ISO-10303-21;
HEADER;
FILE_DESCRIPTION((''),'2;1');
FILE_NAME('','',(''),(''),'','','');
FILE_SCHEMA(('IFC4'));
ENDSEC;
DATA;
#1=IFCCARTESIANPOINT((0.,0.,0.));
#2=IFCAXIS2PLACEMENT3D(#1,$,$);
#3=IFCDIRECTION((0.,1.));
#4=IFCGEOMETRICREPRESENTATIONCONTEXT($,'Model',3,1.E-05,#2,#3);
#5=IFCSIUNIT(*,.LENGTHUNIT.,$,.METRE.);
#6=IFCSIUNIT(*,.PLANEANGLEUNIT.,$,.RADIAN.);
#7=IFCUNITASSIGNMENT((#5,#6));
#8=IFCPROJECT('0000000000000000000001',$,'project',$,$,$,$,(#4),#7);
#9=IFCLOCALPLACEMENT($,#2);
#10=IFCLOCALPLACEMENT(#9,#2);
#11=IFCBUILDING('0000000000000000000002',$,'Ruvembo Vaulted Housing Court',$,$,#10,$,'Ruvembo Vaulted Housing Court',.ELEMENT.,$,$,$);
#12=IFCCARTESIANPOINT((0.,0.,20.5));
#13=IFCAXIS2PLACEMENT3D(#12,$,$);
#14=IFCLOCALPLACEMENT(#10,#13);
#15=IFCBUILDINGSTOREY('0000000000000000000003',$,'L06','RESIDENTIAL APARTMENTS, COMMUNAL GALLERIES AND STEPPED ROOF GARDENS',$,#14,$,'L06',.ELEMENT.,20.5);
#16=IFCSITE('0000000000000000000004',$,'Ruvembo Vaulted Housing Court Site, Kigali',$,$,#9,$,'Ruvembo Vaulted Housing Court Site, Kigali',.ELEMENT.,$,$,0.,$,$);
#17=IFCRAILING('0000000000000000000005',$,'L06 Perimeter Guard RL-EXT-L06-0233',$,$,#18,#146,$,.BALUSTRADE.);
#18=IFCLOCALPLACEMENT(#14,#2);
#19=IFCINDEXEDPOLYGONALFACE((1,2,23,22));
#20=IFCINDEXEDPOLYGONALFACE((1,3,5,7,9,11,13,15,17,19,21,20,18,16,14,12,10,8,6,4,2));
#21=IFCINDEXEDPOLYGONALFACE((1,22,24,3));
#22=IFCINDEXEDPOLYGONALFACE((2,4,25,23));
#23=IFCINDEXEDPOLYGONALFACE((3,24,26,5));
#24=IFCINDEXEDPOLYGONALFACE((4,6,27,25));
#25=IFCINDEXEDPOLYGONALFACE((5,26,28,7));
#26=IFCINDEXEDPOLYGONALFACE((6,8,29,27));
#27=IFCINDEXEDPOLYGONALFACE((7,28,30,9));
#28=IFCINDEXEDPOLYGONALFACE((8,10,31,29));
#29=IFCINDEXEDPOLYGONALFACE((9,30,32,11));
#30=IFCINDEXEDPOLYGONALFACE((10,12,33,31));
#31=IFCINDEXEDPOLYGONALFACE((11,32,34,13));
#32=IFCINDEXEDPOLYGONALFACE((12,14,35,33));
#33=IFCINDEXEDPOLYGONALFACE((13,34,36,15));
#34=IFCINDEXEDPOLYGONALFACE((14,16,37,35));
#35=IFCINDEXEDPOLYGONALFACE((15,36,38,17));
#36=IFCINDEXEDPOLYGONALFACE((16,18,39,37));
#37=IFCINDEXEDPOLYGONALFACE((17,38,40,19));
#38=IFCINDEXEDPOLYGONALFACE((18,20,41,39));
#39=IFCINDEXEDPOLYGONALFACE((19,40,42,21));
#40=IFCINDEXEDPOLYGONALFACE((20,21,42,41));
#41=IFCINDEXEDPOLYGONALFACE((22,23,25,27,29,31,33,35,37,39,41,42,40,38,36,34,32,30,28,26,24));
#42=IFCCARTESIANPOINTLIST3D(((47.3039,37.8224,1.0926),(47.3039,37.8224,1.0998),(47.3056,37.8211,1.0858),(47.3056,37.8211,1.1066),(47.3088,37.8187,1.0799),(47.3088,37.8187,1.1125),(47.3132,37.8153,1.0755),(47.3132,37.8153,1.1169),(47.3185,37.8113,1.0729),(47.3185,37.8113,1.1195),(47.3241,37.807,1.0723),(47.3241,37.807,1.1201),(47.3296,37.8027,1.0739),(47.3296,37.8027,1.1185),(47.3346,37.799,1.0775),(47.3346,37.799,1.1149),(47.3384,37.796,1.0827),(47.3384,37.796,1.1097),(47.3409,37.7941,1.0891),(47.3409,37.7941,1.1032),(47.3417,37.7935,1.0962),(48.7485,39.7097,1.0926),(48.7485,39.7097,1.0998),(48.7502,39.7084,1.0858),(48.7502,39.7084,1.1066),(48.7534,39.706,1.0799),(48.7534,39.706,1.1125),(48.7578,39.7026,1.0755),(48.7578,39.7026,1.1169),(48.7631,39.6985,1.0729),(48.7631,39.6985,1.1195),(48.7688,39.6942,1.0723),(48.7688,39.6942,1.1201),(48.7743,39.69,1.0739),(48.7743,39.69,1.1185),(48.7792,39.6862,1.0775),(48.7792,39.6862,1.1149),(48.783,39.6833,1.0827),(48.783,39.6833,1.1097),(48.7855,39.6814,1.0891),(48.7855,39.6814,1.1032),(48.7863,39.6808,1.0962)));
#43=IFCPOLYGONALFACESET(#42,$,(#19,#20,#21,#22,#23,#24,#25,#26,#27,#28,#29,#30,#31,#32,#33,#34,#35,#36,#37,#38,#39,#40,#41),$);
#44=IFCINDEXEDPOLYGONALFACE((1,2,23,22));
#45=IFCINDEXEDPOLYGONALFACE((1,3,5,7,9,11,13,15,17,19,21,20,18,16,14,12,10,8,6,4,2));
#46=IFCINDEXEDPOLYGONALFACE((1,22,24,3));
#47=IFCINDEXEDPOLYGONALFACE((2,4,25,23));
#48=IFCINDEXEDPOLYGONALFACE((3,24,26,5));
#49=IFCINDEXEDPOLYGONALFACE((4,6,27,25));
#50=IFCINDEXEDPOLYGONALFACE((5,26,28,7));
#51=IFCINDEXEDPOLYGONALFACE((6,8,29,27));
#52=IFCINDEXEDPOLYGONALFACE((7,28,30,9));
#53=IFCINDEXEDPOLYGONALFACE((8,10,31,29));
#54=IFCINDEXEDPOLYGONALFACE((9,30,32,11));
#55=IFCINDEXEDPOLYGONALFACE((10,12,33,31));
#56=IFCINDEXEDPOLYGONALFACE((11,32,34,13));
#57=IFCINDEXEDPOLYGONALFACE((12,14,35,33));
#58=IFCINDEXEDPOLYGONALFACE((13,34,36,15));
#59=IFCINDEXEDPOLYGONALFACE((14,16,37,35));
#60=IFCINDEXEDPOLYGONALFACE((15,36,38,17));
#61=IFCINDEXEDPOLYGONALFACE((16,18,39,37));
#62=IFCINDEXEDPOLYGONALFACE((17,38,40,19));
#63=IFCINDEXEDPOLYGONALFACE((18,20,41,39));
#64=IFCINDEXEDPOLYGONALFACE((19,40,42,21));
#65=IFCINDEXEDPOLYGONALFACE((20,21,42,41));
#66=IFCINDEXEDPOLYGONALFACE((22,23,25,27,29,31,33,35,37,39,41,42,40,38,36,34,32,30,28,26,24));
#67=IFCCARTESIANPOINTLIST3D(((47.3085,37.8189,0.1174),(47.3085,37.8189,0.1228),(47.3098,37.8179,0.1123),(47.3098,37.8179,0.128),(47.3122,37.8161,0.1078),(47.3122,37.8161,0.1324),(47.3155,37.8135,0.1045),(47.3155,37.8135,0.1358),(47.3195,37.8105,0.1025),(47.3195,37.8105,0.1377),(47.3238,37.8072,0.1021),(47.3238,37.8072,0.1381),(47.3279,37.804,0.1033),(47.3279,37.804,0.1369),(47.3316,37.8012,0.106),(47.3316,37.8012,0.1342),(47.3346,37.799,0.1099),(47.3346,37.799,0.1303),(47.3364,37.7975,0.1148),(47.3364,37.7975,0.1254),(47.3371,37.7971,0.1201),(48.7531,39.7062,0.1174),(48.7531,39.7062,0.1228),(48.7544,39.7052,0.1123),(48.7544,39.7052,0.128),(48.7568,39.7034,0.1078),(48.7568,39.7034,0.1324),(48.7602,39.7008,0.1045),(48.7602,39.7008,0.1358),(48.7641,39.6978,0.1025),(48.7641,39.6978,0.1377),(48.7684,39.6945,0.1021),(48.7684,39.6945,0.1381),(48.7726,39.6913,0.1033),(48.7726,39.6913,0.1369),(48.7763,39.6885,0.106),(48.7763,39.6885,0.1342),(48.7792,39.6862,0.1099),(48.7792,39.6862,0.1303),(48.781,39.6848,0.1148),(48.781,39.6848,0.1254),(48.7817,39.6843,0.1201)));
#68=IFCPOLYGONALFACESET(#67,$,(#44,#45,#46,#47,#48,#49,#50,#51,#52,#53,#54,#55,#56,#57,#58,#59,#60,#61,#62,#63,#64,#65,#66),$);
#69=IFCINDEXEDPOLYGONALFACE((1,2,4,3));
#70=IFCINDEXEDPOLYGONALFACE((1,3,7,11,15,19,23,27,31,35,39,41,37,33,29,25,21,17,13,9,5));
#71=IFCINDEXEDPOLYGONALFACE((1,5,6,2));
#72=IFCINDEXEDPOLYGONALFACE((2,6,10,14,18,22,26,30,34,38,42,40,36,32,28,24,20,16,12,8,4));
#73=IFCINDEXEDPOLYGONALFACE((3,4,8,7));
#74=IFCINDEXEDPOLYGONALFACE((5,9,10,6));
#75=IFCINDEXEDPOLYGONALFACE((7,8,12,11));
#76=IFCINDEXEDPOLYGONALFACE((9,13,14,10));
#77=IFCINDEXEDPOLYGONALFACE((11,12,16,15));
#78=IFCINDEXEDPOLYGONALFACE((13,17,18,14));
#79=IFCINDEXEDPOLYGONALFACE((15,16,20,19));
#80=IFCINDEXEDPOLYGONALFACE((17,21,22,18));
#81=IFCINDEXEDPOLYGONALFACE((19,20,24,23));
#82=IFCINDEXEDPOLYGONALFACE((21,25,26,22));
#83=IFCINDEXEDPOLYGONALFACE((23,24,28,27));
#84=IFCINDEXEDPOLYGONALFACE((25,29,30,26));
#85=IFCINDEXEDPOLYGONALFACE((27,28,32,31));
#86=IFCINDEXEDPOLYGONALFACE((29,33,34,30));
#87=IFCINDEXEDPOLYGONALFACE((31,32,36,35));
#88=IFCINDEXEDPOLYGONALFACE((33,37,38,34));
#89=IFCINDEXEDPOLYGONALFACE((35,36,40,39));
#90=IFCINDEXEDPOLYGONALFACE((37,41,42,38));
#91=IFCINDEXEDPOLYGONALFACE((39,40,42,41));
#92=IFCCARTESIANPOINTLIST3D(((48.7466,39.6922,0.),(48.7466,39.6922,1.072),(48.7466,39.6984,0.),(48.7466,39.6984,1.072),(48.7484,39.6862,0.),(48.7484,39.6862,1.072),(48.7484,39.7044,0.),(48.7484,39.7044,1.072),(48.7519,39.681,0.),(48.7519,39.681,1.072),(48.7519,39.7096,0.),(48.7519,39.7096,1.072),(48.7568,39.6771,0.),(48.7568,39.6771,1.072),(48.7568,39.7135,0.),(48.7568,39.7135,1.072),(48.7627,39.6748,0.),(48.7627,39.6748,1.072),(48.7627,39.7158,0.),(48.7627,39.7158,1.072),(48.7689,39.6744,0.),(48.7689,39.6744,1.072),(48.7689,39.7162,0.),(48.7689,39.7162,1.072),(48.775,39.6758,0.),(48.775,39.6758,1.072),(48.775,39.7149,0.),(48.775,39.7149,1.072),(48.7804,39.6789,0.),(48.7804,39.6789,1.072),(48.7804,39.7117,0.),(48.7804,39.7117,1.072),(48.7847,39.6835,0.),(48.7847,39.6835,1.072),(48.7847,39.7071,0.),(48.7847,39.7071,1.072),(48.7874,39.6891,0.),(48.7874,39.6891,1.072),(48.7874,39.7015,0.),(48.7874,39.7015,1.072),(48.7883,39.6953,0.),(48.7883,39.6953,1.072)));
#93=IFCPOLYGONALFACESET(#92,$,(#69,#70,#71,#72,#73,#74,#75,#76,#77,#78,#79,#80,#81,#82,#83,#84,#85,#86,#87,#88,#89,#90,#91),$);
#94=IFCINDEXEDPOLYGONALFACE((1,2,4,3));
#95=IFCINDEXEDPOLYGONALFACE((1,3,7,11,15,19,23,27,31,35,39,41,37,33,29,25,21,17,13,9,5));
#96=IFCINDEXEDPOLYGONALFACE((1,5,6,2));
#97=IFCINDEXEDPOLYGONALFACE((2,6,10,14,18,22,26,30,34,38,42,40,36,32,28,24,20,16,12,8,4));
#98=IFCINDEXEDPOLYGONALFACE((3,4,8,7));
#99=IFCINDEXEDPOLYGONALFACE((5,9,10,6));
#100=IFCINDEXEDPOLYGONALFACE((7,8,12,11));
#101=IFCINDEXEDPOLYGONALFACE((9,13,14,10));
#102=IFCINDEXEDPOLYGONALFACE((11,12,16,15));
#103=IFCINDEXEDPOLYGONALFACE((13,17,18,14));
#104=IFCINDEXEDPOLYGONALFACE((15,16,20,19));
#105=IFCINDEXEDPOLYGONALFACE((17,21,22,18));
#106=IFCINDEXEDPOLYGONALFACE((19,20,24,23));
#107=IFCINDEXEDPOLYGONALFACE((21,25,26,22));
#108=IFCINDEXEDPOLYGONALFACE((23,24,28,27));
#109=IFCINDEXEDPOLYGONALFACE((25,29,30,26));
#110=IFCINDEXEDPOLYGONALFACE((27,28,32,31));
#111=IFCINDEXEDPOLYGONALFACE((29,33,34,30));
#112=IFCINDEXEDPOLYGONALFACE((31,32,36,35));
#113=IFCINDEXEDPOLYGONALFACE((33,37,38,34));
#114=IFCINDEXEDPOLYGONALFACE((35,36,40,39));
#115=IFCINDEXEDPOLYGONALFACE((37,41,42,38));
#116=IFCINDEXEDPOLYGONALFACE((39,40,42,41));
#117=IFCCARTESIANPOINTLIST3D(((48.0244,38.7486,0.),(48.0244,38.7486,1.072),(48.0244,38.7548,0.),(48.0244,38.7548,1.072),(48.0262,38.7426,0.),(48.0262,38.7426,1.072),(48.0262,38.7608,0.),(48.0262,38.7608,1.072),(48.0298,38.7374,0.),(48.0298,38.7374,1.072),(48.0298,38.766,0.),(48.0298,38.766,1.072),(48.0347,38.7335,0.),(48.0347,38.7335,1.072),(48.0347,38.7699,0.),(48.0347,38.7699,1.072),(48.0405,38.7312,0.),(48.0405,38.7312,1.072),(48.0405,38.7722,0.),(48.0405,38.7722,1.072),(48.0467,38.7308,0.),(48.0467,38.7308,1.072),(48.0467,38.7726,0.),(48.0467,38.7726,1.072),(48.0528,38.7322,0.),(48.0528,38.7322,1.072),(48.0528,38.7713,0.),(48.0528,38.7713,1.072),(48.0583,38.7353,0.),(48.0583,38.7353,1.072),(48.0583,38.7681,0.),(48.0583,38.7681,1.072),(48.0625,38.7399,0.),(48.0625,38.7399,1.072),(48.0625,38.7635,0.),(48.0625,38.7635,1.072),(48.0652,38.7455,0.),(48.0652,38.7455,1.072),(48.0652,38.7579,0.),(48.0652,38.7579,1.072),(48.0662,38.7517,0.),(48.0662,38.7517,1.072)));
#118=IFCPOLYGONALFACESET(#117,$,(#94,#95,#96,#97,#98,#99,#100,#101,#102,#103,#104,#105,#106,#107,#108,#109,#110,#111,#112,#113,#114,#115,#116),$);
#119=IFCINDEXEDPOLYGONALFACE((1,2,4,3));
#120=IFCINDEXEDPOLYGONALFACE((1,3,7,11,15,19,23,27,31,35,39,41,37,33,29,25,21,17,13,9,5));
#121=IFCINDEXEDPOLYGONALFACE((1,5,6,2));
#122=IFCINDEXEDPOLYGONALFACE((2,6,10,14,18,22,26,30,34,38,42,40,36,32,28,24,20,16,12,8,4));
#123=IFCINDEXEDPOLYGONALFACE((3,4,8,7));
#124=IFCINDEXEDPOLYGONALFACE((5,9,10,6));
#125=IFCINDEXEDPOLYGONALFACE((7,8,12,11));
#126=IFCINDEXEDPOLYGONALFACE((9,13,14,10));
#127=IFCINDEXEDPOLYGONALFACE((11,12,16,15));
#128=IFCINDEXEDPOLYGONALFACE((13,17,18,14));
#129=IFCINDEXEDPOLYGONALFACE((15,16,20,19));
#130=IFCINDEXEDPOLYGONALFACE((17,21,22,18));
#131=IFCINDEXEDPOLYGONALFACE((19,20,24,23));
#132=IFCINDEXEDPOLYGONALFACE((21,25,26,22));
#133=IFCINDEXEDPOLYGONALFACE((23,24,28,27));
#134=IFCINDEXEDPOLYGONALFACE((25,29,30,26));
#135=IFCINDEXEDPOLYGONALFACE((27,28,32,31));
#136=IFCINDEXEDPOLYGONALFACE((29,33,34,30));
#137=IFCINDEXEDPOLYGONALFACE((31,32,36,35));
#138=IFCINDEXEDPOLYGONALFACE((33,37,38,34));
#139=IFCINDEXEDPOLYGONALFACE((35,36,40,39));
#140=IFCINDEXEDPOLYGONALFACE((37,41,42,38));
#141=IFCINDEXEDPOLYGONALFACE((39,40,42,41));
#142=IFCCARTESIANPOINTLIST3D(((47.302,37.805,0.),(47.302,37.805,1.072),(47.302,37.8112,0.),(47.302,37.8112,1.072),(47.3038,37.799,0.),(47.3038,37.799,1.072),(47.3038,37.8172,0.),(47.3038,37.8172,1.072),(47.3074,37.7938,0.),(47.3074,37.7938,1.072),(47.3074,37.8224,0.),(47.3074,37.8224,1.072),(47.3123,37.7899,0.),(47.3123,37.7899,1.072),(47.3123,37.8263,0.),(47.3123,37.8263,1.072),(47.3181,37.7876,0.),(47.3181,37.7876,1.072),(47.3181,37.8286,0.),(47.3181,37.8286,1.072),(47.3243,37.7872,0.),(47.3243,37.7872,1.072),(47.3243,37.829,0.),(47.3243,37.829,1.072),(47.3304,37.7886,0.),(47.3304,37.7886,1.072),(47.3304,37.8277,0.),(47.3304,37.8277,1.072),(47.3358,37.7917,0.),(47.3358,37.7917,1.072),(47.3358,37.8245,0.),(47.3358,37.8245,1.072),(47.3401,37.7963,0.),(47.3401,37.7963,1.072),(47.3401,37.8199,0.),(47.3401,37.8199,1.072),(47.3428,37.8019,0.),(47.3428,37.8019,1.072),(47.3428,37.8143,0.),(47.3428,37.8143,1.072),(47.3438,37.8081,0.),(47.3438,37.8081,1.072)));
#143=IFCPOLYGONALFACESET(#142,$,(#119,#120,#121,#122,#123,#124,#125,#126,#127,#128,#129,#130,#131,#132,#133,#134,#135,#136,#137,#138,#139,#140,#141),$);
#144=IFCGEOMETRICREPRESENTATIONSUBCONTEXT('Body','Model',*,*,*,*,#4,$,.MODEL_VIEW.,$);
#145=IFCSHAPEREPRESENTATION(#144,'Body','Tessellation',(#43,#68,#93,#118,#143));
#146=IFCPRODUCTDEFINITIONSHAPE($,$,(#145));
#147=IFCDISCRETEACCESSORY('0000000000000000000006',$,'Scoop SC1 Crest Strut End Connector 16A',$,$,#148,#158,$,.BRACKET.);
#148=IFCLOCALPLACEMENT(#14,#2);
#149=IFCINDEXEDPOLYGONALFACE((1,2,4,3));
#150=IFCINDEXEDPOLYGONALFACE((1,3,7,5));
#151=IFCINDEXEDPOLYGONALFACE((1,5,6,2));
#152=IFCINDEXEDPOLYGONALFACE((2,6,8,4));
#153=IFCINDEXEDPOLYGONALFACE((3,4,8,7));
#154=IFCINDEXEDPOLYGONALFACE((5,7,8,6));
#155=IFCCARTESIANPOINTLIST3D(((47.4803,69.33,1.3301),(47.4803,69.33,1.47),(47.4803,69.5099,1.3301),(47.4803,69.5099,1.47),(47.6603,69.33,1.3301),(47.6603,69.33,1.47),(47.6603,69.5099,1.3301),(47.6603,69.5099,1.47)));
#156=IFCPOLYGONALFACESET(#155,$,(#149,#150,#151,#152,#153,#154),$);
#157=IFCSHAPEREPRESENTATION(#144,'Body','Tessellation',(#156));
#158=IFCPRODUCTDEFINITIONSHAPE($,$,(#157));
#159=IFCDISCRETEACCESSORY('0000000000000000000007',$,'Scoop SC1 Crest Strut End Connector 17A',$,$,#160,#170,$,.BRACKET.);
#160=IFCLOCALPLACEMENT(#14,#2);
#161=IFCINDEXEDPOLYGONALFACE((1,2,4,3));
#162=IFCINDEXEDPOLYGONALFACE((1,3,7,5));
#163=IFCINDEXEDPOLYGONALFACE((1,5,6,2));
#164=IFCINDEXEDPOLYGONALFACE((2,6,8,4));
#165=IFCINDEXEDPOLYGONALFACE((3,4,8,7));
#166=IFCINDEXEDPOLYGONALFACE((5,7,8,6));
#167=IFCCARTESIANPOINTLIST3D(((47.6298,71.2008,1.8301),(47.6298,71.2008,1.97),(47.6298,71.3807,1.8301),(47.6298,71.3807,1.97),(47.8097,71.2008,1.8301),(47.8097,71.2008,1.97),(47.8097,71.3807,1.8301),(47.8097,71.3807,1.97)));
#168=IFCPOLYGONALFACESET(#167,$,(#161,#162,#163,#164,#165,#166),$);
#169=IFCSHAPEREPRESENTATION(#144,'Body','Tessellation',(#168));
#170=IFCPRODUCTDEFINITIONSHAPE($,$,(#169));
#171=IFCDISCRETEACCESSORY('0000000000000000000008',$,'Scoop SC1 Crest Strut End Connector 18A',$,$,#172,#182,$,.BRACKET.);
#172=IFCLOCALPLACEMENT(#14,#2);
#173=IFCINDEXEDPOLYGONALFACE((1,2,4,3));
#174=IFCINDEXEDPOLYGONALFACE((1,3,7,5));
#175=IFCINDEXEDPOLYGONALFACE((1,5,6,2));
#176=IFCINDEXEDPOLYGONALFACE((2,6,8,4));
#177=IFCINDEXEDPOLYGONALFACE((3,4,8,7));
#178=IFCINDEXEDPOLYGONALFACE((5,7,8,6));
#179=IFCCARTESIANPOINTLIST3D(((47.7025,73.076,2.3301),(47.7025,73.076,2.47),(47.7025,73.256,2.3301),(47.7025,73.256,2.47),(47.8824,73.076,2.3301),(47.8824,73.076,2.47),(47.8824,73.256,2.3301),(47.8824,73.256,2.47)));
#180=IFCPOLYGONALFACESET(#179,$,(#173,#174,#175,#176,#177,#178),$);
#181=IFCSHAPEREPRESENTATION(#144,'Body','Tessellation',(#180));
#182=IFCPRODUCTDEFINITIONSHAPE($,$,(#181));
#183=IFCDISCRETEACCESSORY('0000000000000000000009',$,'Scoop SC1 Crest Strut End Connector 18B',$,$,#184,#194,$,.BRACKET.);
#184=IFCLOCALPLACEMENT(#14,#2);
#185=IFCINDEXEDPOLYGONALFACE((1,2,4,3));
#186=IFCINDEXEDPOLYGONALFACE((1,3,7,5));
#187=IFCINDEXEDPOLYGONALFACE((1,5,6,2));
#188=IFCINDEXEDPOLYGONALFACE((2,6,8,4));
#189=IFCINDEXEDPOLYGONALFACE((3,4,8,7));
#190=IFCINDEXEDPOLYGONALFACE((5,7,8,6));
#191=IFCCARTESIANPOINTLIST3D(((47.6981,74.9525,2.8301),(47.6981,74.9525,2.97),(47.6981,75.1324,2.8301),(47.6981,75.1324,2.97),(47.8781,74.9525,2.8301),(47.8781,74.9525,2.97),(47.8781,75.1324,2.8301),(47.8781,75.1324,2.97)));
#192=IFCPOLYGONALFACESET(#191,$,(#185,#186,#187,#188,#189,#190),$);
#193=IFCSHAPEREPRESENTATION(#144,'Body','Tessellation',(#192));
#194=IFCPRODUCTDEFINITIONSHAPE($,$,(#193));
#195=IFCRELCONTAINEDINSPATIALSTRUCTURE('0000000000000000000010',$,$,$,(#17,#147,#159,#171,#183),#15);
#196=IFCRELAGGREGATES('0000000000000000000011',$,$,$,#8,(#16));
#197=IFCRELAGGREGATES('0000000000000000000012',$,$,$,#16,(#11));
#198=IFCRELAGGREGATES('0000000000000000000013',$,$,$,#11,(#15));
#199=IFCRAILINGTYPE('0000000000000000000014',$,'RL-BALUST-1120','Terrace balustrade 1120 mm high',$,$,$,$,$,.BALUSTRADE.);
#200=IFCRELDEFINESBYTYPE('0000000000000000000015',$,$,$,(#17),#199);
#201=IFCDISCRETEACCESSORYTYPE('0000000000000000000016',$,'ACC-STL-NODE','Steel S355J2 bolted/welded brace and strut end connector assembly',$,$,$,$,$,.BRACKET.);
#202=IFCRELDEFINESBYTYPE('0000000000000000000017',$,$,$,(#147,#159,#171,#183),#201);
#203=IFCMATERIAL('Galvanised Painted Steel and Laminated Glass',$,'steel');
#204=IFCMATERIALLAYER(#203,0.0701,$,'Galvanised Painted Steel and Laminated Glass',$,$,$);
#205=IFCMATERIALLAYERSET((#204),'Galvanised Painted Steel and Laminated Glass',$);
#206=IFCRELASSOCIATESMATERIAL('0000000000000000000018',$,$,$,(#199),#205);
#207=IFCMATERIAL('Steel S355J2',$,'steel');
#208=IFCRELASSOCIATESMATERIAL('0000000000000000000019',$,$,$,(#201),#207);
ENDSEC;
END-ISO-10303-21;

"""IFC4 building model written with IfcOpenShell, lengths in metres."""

from ifc_helpers import new_model, si_unit, direction, frame, origin, origin_2d, place, context, subcontext, project, spatial, rectangle, circle, extrude, material, layer, layer_set, type_object, element, save


model = new_model("IFC4")

# Units and contexts
model_context = context("Model", 3, precision=1e-05, world=origin(), true_north=direction((0.0, 1.0)))
body_context = subcontext(model_context, "Body", "Model", "MODEL_VIEW")
ifc_project = project(units=[si_unit("LENGTHUNIT", "METRE"), si_unit("PLANEANGLEUNIT", "RADIAN")], contexts=[model_context])

# Site, building, storey
site_placement = place(None, origin())
site = spatial("IfcSite", under=ifc_project, at=site_placement, Name="Ruvembo Vaulted Housing Court Site, Kigali", LongName="Ruvembo Vaulted Housing Court Site, Kigali", CompositionType="ELEMENT", RefElevation=0.0)
building_placement = place(site_placement, origin())
building = spatial("IfcBuilding", under=site, at=building_placement, Name="Ruvembo Vaulted Housing Court", LongName="Ruvembo Vaulted Housing Court", CompositionType="ELEMENT")
storey_placement = place(building_placement, frame((0.0, 0.0, 20.5)))
storey = spatial("IfcBuildingStorey", under=building, at=storey_placement, Name="L06", Description="RESIDENTIAL APARTMENTS, COMMUNAL GALLERIES AND STEPPED ROOF GARDENS", LongName="L06", CompositionType="ELEMENT", Elevation=20.5)

# Shared definitions
ifc_material_1 = material(Name="Steel S355J2", Category="steel")

# Railing
ifc_material_2 = material(Name="Galvanised Painted Steel and Laminated Glass", Category="steel")
ifc_layer = layer(ifc_material_2, 0.0701, Name="Galvanised Painted Steel and Laminated Glass")
ifc_layer_set = layer_set([ifc_layer], Name="Galvanised Painted Steel and Laminated Glass")
railing_type = type_object("IfcRailingType", Name="RL-BALUST-1120", Description="Terrace balustrade 1120 mm high", PredefinedType="BALUSTRADE", material=ifc_layer_set)
railing_1_placement = place(storey_placement, frame((48.7673, 39.6953, 0.0)))
element("IfcRailing", 1, at=railing_1_placement, inside=storey, type_object=railing_type, Name="L06 Perimeter Guard RL-EXT-L06-0233", PredefinedType="BALUSTRADE", context=body_context, shape_type="SweptSolid", body=[
    extrude(circle(Radius=0.0239, at=origin_2d()), frame((0.0, 0.0, 1.0962), z_axis=(-0.607828, -0.794069, 0.0), x_axis=(0.794069, -0.607828, 0.0)), (0.0, 0.0, 1.0), 2.3767),
    extrude(circle(Radius=0.0181, at=origin_2d()), frame((0.0, 0.0, 0.1201), z_axis=(-0.607828, -0.794069, 0.0), x_axis=(0.794069, -0.607828, 0.0)), (0.0, 0.0, 1.0), 2.3767),
    extrude(circle(Radius=0.021, at=origin_2d()), origin(), (0.0, 0.0, 1.0), 1.072),
    extrude(circle(Radius=0.021, at=origin_2d()), frame((-0.7222, -0.9436, 0.0)), (0.0, 0.0, 1.0), 1.072),
    extrude(circle(Radius=0.021, at=origin_2d()), frame((-1.4446, -1.8872, 0.0)), (0.0, 0.0, 1.0), 1.072),
])

# Discrete accessories
discrete_accessory_type = type_object("IfcDiscreteAccessoryType", Name="ACC-STL-NODE", Description="Steel S355J2 bolted/welded brace and strut end connector assembly", PredefinedType="BRACKET", material=ifc_material_1)
for number, where, z_axis, x_axis, name in (
    (2, (47.5703, 69.4199, 1.3301), (0.0, 0.0, 1.0), (1.0, 0.0, 0.0), "Scoop SC1 Crest Strut End Connector 16A"),
    (3, (47.7197, 71.2908, 1.8301), (0.0, 0.0, 1.0), (1.0, 0.0, 0.0), "Scoop SC1 Crest Strut End Connector 17A"),
    (4, (47.7925, 73.166, 2.3301), (0.0, 0.0, 1.0), (1.0, 0.0, 0.0), "Scoop SC1 Crest Strut End Connector 18A"),
    (5, (47.7881, 75.0425, 2.8301), (0.0, 0.0, 1.0), (1.0, 0.0, 0.0), "Scoop SC1 Crest Strut End Connector 18B"),
):
    element("IfcDiscreteAccessory", number, at=place(storey_placement, frame(where, z_axis=z_axis, x_axis=x_axis)), inside=storey, type_object=discrete_accessory_type, Name=name, PredefinedType="BRACKET", context=body_context, shape_type="SweptSolid", body=[
        extrude(rectangle(XDim=0.1799, YDim=0.1799, at=origin_2d()), origin(), (0.0, 0.0, 1.0), 0.1399),
    ])

save(model, "model.ifc")
